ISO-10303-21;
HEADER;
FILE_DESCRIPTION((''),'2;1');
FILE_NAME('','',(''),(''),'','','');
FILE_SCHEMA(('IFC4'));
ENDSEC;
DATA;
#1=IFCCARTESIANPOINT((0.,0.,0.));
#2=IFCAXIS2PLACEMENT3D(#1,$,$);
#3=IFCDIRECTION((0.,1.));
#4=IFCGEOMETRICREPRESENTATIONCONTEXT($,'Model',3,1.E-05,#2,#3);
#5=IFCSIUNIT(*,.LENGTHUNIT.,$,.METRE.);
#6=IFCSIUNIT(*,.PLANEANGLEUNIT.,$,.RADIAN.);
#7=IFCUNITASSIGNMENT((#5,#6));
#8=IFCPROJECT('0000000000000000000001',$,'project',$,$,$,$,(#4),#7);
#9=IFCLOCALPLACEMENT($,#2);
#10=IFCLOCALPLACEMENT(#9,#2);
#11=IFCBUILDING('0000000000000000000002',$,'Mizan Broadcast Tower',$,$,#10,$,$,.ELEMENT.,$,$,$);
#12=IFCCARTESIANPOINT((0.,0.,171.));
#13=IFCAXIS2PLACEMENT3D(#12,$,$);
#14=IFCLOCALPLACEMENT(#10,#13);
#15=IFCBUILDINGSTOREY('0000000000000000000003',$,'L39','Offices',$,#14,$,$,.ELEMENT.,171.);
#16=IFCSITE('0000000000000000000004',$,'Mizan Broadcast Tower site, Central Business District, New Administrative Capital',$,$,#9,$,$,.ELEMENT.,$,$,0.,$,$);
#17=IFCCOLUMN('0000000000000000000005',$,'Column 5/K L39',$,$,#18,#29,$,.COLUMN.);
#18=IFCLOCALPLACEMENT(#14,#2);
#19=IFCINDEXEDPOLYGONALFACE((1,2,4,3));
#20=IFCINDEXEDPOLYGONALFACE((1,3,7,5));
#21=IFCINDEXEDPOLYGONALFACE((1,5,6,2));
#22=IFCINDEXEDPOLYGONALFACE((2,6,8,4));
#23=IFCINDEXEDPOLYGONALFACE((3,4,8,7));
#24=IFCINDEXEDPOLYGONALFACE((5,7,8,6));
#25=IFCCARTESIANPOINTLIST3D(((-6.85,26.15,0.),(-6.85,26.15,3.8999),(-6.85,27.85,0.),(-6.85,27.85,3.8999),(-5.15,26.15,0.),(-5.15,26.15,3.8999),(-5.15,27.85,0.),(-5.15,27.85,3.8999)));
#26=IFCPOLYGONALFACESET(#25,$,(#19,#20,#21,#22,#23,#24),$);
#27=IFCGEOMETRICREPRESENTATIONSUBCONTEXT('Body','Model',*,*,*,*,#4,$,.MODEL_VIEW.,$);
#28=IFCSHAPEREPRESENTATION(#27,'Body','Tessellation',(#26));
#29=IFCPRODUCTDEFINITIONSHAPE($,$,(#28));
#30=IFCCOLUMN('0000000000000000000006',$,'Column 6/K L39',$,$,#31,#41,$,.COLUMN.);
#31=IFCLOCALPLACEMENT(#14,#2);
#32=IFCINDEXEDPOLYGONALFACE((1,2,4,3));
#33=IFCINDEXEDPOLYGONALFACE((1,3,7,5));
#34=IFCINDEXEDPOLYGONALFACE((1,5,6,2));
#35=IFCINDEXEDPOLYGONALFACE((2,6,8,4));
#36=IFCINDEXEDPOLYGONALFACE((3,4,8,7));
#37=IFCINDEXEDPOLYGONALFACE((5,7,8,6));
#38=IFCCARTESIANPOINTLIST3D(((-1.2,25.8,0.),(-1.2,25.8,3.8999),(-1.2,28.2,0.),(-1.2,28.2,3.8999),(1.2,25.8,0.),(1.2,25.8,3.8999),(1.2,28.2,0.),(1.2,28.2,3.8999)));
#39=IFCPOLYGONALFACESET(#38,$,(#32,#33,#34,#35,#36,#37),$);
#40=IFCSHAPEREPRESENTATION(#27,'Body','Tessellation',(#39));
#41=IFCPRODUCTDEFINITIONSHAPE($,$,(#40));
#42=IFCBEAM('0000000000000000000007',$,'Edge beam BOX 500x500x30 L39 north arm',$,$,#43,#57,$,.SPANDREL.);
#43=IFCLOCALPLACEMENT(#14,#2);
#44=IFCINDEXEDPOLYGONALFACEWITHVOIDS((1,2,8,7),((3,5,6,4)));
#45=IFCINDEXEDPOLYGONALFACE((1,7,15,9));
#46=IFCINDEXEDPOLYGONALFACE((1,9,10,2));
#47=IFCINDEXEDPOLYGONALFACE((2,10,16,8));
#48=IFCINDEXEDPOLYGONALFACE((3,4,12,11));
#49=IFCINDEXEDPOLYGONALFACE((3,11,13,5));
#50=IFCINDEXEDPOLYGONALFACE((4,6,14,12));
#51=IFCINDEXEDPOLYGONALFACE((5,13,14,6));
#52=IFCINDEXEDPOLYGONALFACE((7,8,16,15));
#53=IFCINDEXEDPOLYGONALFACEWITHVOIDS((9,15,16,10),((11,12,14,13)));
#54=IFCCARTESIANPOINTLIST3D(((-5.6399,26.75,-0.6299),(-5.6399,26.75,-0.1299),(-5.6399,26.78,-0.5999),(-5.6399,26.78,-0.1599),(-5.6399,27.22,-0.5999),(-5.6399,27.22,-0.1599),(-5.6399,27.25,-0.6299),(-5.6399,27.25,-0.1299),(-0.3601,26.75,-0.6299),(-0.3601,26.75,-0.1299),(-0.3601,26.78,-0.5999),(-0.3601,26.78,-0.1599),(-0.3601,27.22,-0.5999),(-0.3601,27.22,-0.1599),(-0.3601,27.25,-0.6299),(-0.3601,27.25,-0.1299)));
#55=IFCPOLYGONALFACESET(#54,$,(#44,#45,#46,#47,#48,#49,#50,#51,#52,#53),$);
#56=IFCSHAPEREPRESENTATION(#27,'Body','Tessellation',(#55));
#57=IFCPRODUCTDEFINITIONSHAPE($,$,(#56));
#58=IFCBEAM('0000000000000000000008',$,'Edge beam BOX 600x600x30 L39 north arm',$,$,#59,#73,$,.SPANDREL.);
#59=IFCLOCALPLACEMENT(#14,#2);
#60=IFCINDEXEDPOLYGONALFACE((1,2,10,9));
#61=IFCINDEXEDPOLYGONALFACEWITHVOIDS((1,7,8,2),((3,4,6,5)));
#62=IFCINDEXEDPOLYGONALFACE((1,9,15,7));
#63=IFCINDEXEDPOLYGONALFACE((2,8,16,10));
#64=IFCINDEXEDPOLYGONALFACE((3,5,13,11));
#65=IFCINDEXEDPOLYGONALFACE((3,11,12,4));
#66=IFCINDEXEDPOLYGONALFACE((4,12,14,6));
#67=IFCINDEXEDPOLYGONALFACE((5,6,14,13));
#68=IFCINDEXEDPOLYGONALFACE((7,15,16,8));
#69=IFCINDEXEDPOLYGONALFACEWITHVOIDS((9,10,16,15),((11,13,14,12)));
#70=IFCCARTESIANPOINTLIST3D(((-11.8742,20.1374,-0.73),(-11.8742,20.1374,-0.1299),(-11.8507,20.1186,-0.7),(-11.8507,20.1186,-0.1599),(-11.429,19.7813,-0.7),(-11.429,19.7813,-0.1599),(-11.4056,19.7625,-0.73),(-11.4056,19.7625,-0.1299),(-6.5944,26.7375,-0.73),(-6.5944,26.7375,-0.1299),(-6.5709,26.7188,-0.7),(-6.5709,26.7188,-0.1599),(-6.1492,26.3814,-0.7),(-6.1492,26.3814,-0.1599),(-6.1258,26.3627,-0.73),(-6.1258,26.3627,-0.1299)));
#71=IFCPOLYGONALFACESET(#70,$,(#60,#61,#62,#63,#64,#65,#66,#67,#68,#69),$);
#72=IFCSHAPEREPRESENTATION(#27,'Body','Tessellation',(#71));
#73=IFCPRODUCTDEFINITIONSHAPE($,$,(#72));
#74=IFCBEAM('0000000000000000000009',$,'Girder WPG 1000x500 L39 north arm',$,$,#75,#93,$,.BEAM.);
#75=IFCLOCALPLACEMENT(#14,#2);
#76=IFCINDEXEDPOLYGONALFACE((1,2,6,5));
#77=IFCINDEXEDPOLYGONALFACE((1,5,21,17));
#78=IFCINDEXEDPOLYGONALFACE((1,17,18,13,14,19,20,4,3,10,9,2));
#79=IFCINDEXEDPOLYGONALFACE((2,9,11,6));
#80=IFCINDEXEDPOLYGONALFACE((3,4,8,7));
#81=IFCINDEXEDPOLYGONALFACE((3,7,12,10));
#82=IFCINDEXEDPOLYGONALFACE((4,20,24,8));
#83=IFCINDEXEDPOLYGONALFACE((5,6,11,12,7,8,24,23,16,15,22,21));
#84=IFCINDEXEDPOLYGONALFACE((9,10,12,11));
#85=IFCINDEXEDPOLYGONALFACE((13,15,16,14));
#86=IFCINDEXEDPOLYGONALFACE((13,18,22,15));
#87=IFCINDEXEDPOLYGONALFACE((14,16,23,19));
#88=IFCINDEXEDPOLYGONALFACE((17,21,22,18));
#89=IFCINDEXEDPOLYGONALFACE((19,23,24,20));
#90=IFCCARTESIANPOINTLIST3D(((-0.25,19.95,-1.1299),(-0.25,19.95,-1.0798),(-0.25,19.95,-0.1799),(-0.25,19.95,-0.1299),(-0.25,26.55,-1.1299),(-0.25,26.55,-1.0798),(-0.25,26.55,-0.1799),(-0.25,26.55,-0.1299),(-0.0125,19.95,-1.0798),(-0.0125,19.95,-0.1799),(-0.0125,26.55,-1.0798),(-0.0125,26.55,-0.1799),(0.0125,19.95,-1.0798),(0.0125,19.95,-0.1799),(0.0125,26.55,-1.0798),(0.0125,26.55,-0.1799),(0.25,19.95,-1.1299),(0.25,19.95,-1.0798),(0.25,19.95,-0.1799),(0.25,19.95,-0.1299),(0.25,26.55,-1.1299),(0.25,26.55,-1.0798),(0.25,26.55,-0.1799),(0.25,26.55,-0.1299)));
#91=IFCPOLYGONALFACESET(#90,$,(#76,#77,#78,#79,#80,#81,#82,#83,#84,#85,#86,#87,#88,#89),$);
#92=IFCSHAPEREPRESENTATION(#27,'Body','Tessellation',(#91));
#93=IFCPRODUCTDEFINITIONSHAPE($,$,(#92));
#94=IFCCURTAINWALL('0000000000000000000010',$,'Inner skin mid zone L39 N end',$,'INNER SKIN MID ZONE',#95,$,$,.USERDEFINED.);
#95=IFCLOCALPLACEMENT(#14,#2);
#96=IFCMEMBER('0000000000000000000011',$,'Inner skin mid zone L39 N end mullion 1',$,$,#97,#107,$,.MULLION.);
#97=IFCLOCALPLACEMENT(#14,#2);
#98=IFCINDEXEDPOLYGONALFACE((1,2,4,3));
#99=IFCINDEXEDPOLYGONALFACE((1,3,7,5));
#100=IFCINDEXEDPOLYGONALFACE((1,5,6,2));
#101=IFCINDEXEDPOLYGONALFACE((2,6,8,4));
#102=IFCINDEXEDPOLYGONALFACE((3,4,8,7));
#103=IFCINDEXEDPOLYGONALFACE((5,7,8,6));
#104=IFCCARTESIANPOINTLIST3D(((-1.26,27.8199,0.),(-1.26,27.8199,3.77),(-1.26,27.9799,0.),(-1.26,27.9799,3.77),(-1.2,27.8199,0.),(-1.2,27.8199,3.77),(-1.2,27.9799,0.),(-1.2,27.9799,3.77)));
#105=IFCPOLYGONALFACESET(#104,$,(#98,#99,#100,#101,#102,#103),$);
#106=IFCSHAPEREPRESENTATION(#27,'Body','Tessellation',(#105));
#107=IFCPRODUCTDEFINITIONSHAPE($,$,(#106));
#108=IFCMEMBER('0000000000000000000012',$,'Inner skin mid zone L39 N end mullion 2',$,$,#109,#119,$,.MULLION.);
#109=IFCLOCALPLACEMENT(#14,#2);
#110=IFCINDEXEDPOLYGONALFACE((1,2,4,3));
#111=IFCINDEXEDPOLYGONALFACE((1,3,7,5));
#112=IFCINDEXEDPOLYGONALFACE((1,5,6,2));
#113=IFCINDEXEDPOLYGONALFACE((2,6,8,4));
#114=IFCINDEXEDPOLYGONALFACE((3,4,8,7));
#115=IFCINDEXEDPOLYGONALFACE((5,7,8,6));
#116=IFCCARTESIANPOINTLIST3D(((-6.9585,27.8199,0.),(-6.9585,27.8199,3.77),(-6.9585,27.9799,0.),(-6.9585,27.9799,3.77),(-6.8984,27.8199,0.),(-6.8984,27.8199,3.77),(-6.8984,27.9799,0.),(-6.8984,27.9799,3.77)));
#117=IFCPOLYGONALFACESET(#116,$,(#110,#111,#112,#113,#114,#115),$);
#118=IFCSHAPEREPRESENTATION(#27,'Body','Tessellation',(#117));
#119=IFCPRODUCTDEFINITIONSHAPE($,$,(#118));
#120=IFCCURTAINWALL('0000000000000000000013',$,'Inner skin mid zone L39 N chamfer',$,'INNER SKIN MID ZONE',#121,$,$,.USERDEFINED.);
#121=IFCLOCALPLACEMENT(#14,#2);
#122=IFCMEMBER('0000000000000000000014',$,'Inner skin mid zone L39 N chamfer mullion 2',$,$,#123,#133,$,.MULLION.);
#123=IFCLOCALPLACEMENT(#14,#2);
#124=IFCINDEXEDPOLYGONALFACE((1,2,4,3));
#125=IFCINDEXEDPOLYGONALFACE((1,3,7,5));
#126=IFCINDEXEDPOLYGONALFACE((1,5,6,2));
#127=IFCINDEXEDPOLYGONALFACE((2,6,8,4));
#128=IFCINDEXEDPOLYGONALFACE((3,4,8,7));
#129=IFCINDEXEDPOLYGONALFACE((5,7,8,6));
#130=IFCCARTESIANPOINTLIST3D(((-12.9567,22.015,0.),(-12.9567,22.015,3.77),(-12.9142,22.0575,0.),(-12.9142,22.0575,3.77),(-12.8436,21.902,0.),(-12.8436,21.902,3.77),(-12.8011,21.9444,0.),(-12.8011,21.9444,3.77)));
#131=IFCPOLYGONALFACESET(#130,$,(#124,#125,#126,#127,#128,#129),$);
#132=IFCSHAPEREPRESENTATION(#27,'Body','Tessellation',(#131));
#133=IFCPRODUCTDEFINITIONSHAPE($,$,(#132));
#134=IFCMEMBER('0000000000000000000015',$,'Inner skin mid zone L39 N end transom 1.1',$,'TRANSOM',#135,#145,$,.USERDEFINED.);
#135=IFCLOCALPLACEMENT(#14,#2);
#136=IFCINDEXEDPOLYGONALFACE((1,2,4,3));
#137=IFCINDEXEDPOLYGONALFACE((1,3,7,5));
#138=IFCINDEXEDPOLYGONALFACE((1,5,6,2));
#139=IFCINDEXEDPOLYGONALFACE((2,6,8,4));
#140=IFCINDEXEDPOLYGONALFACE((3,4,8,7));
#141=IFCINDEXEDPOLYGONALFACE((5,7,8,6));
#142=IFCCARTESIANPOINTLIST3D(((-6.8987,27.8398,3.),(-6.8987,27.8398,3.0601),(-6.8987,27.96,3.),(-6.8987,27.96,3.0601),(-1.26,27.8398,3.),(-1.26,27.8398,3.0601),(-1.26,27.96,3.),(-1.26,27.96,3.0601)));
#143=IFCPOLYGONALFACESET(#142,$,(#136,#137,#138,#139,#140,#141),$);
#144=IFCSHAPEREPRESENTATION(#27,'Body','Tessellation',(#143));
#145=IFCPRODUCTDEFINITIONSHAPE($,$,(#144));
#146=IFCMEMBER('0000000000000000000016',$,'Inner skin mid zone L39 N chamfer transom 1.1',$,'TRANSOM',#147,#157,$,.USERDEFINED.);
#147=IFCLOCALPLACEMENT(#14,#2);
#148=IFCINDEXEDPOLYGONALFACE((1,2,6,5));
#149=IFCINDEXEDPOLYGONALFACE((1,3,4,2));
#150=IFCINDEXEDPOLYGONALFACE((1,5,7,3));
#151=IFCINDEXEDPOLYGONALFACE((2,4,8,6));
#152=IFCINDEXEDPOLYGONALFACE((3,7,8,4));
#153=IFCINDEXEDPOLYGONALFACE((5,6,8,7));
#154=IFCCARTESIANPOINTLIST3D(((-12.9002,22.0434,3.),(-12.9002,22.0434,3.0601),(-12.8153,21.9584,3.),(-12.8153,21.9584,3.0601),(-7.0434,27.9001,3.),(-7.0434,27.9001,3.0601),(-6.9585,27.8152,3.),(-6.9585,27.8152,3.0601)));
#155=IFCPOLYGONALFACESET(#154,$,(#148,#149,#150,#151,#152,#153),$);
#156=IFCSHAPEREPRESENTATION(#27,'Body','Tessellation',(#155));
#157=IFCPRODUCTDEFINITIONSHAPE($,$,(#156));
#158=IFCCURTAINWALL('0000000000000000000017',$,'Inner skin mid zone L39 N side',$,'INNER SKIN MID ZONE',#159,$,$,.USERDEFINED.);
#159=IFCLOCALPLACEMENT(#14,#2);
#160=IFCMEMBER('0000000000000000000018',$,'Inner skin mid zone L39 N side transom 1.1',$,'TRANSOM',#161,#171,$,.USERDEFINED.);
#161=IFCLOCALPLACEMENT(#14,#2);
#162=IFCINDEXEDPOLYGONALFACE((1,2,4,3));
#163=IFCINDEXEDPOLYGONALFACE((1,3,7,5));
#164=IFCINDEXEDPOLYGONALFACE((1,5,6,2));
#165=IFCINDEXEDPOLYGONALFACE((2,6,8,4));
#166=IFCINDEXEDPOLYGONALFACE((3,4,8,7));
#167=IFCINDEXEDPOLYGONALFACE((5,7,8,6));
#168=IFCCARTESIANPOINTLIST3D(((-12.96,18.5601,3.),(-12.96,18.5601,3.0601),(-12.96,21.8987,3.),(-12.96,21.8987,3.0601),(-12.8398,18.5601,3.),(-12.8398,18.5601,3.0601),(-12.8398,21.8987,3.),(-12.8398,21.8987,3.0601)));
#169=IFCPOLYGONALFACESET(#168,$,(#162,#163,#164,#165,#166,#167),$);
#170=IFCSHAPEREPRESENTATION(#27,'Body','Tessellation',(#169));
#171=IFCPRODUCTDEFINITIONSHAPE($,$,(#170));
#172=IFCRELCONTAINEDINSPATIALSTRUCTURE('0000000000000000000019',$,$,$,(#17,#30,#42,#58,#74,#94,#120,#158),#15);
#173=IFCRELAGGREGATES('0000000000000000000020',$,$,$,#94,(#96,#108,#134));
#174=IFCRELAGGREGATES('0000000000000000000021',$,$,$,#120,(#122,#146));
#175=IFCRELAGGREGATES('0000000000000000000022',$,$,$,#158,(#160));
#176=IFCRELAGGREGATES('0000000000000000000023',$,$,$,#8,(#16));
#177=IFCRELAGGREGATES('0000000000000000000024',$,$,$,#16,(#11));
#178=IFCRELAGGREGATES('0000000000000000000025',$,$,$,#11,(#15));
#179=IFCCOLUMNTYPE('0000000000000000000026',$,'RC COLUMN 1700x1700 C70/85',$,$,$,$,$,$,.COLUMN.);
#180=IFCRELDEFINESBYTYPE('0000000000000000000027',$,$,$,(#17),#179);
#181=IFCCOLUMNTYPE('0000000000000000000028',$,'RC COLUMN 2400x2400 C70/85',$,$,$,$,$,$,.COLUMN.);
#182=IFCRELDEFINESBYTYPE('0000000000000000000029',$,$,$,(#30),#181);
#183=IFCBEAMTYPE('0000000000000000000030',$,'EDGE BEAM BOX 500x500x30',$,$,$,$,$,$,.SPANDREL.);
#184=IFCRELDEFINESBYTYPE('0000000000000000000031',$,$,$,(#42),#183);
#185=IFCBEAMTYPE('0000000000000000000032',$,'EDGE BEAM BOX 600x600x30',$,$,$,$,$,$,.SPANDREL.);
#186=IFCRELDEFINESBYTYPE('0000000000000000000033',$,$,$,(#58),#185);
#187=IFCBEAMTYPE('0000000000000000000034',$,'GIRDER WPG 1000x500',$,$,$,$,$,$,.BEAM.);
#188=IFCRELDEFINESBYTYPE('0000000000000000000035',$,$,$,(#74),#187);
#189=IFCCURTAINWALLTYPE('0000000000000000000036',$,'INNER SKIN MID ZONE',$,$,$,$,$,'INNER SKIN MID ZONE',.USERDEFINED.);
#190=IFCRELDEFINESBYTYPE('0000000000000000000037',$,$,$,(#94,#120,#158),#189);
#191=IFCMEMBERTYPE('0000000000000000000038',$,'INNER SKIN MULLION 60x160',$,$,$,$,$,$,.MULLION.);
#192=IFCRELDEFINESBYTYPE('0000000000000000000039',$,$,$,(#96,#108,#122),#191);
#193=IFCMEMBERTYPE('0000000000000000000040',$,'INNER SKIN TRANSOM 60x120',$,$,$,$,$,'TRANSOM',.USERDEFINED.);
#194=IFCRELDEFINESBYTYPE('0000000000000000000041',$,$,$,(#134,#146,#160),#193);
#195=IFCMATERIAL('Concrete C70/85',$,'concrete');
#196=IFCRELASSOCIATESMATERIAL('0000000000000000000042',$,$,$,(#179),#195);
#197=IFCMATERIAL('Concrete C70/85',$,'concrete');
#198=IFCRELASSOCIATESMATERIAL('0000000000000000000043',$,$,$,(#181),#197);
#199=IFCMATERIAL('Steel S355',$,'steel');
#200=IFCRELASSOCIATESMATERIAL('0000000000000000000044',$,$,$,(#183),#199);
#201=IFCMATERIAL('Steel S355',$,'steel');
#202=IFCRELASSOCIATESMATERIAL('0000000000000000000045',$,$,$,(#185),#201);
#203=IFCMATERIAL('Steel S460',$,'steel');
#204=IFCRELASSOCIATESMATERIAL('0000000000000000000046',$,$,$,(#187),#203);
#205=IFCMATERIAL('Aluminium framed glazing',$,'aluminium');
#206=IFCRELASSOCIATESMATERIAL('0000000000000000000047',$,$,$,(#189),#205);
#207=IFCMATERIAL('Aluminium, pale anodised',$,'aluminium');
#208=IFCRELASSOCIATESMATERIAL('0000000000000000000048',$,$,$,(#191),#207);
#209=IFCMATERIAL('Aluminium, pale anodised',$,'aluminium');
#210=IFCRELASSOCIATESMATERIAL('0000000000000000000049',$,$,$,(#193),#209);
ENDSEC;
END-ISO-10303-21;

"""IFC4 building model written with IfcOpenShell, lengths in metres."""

from ifc_helpers import new_model, si_unit, direction, frame, origin, origin_2d, place, context, subcontext, project, spatial, rectangle, hollow_rectangle, i_section, extrude, material, material_profile, profile_set, type_object, element, aggregate, save


model = new_model("IFC4")

# Units and contexts
model_context = context("Model", 3, precision=1e-05, world=origin(), true_north=direction((0.0, 1.0)))
body_context = subcontext(model_context, "Body", "Model", "MODEL_VIEW")
ifc_project = project(units=[si_unit("LENGTHUNIT", "METRE"), si_unit("PLANEANGLEUNIT", "RADIAN")], contexts=[model_context])

# Site, building, storey
site_placement = place(None, origin())
site = spatial("IfcSite", under=ifc_project, at=site_placement, Name="Mizan Broadcast Tower site, Central Business District, New Administrative Capital", CompositionType="ELEMENT", RefElevation=0.0)
building_placement = place(site_placement, origin())
building = spatial("IfcBuilding", under=site, at=building_placement, Name="Mizan Broadcast Tower", CompositionType="ELEMENT")
storey_placement = place(building_placement, frame((0.0, 0.0, 171.0)))
storey = spatial("IfcBuildingStorey", under=building, at=storey_placement, Name="L39", Description="Offices", CompositionType="ELEMENT", Elevation=171.0)

# Columns
ifc_material_1 = material(Name="Concrete C70/85", Category="concrete")
ifc_material_profile_1 = material_profile(ifc_material_1, rectangle(XDim=1.7, YDim=1.7, at=origin_2d()), Name="RC 1700x1700")
ifc_profile_set_1 = profile_set([ifc_material_profile_1], Name="Concrete C70/85")
column_type_1 = type_object("IfcColumnType", Name="RC COLUMN 1700x1700 C70/85", PredefinedType="COLUMN", material=ifc_profile_set_1)
column_1_placement = place(storey_placement, frame((-6.0, 27.0, 0.0), z_axis=(0.0, 0.0, 1.0), x_axis=(1.0, 0.0, 0.0)))
element("IfcColumn", 1, at=column_1_placement, inside=storey, type_object=column_type_1, Name="Column 5/K L39", PredefinedType="COLUMN", context=body_context, shape_type="SweptSolid", body=[
    extrude(rectangle(XDim=1.7, YDim=1.7, at=origin_2d()), origin(), (0.0, 0.0, 1.0), 3.8999),
])
ifc_material_2 = material(Name="Concrete C70/85", Category="concrete")
ifc_material_profile_2 = material_profile(ifc_material_2, rectangle(XDim=2.3999, YDim=2.3999, at=origin_2d()), Name="RC 2400x2400")
ifc_profile_set_2 = profile_set([ifc_material_profile_2], Name="Concrete C70/85")
column_type_2 = type_object("IfcColumnType", Name="RC COLUMN 2400x2400 C70/85", PredefinedType="COLUMN", material=ifc_profile_set_2)
column_2_placement = place(storey_placement, frame((0.0, 27.0, 0.0), z_axis=(0.0, 0.0, 1.0), x_axis=(1.0, 0.0, 0.0)))
element("IfcColumn", 2, at=column_2_placement, inside=storey, type_object=column_type_2, Name="Column 6/K L39", PredefinedType="COLUMN", context=body_context, shape_type="SweptSolid", body=[
    extrude(rectangle(XDim=2.3999, YDim=2.3999, at=origin_2d()), origin(), (0.0, 0.0, 1.0), 3.8999),
])

# Beams
ifc_material_3 = material(Name="Steel S355", Category="steel")
ifc_material_profile_3 = material_profile(ifc_material_3, hollow_rectangle(XDim=0.5, YDim=0.5, WallThickness=0.03, at=origin_2d()), Name="BOX 500x500x30")
ifc_profile_set_3 = profile_set([ifc_material_profile_3], Name="Steel S355")
beam_type_1 = type_object("IfcBeamType", Name="EDGE BEAM BOX 500x500x30", PredefinedType="SPANDREL", material=ifc_profile_set_3)
beam_1_placement = place(storey_placement, frame((-5.6399, 27.0, -0.3799), z_axis=(1.0, 0.0, 0.0), x_axis=(0.0, 1.0, 0.0)))
element("IfcBeam", 3, at=beam_1_placement, inside=storey, type_object=beam_type_1, Name="Edge beam BOX 500x500x30 L39 north arm", PredefinedType="SPANDREL", context=body_context, shape_type="SweptSolid", body=[
    extrude(hollow_rectangle(XDim=0.5, YDim=0.5, WallThickness=0.03, at=origin_2d()), origin(), (0.0, 0.0, 1.0), 5.2798),
])
ifc_material_4 = material(Name="Steel S355", Category="steel")
ifc_material_profile_4 = material_profile(ifc_material_4, hollow_rectangle(XDim=0.6001, YDim=0.6001, WallThickness=0.03, at=origin_2d()), Name="BOX 600x600x30")
ifc_profile_set_4 = profile_set([ifc_material_profile_4], Name="Steel S355")
beam_type_2 = type_object("IfcBeamType", Name="EDGE BEAM BOX 600x600x30", PredefinedType="SPANDREL", material=ifc_profile_set_4)
beam_2_placement = place(storey_placement, frame((-11.6399, 19.95, -0.4299), z_axis=(0.624674, 0.780886, 0.0), x_axis=(-0.780886, 0.624674, 0.0)))
element("IfcBeam", 4, at=beam_2_placement, inside=storey, type_object=beam_type_2, Name="Edge beam BOX 600x600x30 L39 north arm", PredefinedType="SPANDREL", context=body_context, shape_type="SweptSolid", body=[
    extrude(hollow_rectangle(XDim=0.6001, YDim=0.6001, WallThickness=0.03, at=origin_2d()), origin(), (0.0, 0.0, 1.0), 8.4521),
])
ifc_material_5 = material(Name="Steel S460", Category="steel")
ifc_material_profile_5 = material_profile(ifc_material_5, i_section(OverallWidth=0.5, OverallDepth=1.0, WebThickness=0.0249, FlangeThickness=0.05, at=origin_2d()), Name="WPG 1000x500")
ifc_profile_set_5 = profile_set([ifc_material_profile_5], Name="Steel S460")
beam_type_3 = type_object("IfcBeamType", Name="GIRDER WPG 1000x500", PredefinedType="BEAM", material=ifc_profile_set_5)
beam_3_placement = place(storey_placement, frame((0.0, 19.95, -0.6299), z_axis=(0.0, 1.0, 0.0), x_axis=(-1.0, 0.0, 0.0)))
element("IfcBeam", 5, at=beam_3_placement, inside=storey, type_object=beam_type_3, Name="Girder WPG 1000x500 L39 north arm", PredefinedType="BEAM", context=body_context, shape_type="SweptSolid", body=[
    extrude(i_section(OverallWidth=0.5, OverallDepth=1.0, WebThickness=0.0249, FlangeThickness=0.05, at=origin_2d()), origin(), (0.0, 0.0, 1.0), 6.6001),
])

# Curtain wall, members
ifc_material_6 = material(Name="Aluminium framed glazing", Category="aluminium")
curtain_wall_type_1 = type_object("IfcCurtainWallType", Name="INNER SKIN MID ZONE", ElementType="INNER SKIN MID ZONE", PredefinedType="USERDEFINED", material=ifc_material_6)
curtain_wall_1_placement = place(storey_placement, origin())
curtain_wall_1 = element("IfcCurtainWall", 6, at=curtain_wall_1_placement, inside=storey, type_object=curtain_wall_type_1, Name="Inner skin mid zone L39 N end", ObjectType="INNER SKIN MID ZONE", PredefinedType="USERDEFINED")
ifc_material_7 = material(Name="Aluminium, pale anodised", Category="aluminium")
ifc_material_profile_6 = material_profile(ifc_material_7, rectangle(XDim=0.1599, YDim=0.0601, at=origin_2d()), Name="MULLION 160x60")
ifc_profile_set_6 = profile_set([ifc_material_profile_6], Name="Aluminium, pale anodised")
member_type_1 = type_object("IfcMemberType", Name="INNER SKIN MULLION 60x160", PredefinedType="MULLION", material=ifc_profile_set_6)
member_1_placement = place(storey_placement, frame((-1.23, 27.8999, 0.0), z_axis=(0.0, 0.0, 1.0), x_axis=(0.0, -1.0, 0.0)))
member_1 = element("IfcMember", 7, at=member_1_placement, type_object=member_type_1, Name="Inner skin mid zone L39 N end mullion 1", PredefinedType="MULLION", context=body_context, shape_type="SweptSolid", body=[
    extrude(rectangle(XDim=0.1599, YDim=0.0601, at=origin_2d()), origin(), (0.0, 0.0, 1.0), 3.77),
])
member_2_placement = place(storey_placement, frame((-6.9285, 27.8999, 0.0), z_axis=(0.0, 0.0, 1.0), x_axis=(0.0, -1.0, 0.0)))
member_2 = element("IfcMember", 8, at=member_2_placement, type_object=member_type_1, Name="Inner skin mid zone L39 N end mullion 2", PredefinedType="MULLION", context=body_context, shape_type="SweptSolid", body=[
    extrude(rectangle(XDim=0.1599, YDim=0.0601, at=origin_2d()), origin(), (0.0, 0.0, 1.0), 3.77),
])

# Curtain wall, member
curtain_wall_2_placement = place(storey_placement, origin())
curtain_wall_2 = element("IfcCurtainWall", 9, at=curtain_wall_2_placement, inside=storey, type_object=curtain_wall_type_1, Name="Inner skin mid zone L39 N chamfer", ObjectType="INNER SKIN MID ZONE", PredefinedType="USERDEFINED")
member_3_placement = place(storey_placement, frame((-12.8789, 21.9797, 0.0), z_axis=(0.0, 0.0, 1.0), x_axis=(0.707107, -0.707107, 0.0)))
member_3 = element("IfcMember", 10, at=member_3_placement, type_object=member_type_1, Name="Inner skin mid zone L39 N chamfer mullion 2", PredefinedType="MULLION", context=body_context, shape_type="SweptSolid", body=[
    extrude(rectangle(XDim=0.1599, YDim=0.0601, at=origin_2d()), origin(), (0.0, 0.0, 1.0), 3.77),
])

# Members
ifc_material_8 = material(Name="Aluminium, pale anodised", Category="aluminium")
ifc_material_profile_7 = material_profile(ifc_material_8, rectangle(XDim=0.1201, YDim=0.0601, at=origin_2d()), Name="TRANSOM 120x60")
ifc_profile_set_7 = profile_set([ifc_material_profile_7], Name="Aluminium, pale anodised")
member_type_2 = type_object("IfcMemberType", Name="INNER SKIN TRANSOM 60x120", ElementType="TRANSOM", PredefinedType="USERDEFINED", material=ifc_profile_set_7)
member_4_placement = place(storey_placement, frame((-1.26, 27.8999, 3.03), z_axis=(-1.0, 0.0, 0.0), x_axis=(0.0, -1.0, 0.0)))
member_4 = element("IfcMember", 11, at=member_4_placement, type_object=member_type_2, Name="Inner skin mid zone L39 N end transom 1.1", ObjectType="TRANSOM", PredefinedType="USERDEFINED", context=body_context, shape_type="SweptSolid", body=[
    extrude(rectangle(XDim=0.1201, YDim=0.0601, at=origin_2d()), origin(), (0.0, 0.0, 1.0), 5.6387),
])
member_5_placement = place(storey_placement, frame((-7.001, 27.8577, 3.03), z_axis=(-0.707107, -0.707107, 0.0), x_axis=(0.707107, -0.707107, 0.0)))
member_5 = element("IfcMember", 12, at=member_5_placement, type_object=member_type_2, Name="Inner skin mid zone L39 N chamfer transom 1.1", ObjectType="TRANSOM", PredefinedType="USERDEFINED", context=body_context, shape_type="SweptSolid", body=[
    extrude(rectangle(XDim=0.1201, YDim=0.0601, at=origin_2d()), origin(), (0.0, 0.0, 1.0), 8.2827),
])

# Curtain wall, member
curtain_wall_3_placement = place(storey_placement, origin())
curtain_wall_3 = element("IfcCurtainWall", 13, at=curtain_wall_3_placement, inside=storey, type_object=curtain_wall_type_1, Name="Inner skin mid zone L39 N side", ObjectType="INNER SKIN MID ZONE", PredefinedType="USERDEFINED")
member_6_placement = place(storey_placement, frame((-12.8999, 21.8987, 3.03), z_axis=(0.0, -1.0, 0.0), x_axis=(1.0, 0.0, 0.0)))
member_6 = element("IfcMember", 14, at=member_6_placement, type_object=member_type_2, Name="Inner skin mid zone L39 N side transom 1.1", ObjectType="TRANSOM", PredefinedType="USERDEFINED", context=body_context, shape_type="SweptSolid", body=[
    extrude(rectangle(XDim=0.1201, YDim=0.0601, at=origin_2d()), origin(), (0.0, 0.0, 1.0), 3.3386),
])

aggregate(curtain_wall_1, [member_1, member_2, member_4])
aggregate(curtain_wall_2, [member_3, member_5])
aggregate(curtain_wall_3, [member_6])

save(model, "model.ifc")
